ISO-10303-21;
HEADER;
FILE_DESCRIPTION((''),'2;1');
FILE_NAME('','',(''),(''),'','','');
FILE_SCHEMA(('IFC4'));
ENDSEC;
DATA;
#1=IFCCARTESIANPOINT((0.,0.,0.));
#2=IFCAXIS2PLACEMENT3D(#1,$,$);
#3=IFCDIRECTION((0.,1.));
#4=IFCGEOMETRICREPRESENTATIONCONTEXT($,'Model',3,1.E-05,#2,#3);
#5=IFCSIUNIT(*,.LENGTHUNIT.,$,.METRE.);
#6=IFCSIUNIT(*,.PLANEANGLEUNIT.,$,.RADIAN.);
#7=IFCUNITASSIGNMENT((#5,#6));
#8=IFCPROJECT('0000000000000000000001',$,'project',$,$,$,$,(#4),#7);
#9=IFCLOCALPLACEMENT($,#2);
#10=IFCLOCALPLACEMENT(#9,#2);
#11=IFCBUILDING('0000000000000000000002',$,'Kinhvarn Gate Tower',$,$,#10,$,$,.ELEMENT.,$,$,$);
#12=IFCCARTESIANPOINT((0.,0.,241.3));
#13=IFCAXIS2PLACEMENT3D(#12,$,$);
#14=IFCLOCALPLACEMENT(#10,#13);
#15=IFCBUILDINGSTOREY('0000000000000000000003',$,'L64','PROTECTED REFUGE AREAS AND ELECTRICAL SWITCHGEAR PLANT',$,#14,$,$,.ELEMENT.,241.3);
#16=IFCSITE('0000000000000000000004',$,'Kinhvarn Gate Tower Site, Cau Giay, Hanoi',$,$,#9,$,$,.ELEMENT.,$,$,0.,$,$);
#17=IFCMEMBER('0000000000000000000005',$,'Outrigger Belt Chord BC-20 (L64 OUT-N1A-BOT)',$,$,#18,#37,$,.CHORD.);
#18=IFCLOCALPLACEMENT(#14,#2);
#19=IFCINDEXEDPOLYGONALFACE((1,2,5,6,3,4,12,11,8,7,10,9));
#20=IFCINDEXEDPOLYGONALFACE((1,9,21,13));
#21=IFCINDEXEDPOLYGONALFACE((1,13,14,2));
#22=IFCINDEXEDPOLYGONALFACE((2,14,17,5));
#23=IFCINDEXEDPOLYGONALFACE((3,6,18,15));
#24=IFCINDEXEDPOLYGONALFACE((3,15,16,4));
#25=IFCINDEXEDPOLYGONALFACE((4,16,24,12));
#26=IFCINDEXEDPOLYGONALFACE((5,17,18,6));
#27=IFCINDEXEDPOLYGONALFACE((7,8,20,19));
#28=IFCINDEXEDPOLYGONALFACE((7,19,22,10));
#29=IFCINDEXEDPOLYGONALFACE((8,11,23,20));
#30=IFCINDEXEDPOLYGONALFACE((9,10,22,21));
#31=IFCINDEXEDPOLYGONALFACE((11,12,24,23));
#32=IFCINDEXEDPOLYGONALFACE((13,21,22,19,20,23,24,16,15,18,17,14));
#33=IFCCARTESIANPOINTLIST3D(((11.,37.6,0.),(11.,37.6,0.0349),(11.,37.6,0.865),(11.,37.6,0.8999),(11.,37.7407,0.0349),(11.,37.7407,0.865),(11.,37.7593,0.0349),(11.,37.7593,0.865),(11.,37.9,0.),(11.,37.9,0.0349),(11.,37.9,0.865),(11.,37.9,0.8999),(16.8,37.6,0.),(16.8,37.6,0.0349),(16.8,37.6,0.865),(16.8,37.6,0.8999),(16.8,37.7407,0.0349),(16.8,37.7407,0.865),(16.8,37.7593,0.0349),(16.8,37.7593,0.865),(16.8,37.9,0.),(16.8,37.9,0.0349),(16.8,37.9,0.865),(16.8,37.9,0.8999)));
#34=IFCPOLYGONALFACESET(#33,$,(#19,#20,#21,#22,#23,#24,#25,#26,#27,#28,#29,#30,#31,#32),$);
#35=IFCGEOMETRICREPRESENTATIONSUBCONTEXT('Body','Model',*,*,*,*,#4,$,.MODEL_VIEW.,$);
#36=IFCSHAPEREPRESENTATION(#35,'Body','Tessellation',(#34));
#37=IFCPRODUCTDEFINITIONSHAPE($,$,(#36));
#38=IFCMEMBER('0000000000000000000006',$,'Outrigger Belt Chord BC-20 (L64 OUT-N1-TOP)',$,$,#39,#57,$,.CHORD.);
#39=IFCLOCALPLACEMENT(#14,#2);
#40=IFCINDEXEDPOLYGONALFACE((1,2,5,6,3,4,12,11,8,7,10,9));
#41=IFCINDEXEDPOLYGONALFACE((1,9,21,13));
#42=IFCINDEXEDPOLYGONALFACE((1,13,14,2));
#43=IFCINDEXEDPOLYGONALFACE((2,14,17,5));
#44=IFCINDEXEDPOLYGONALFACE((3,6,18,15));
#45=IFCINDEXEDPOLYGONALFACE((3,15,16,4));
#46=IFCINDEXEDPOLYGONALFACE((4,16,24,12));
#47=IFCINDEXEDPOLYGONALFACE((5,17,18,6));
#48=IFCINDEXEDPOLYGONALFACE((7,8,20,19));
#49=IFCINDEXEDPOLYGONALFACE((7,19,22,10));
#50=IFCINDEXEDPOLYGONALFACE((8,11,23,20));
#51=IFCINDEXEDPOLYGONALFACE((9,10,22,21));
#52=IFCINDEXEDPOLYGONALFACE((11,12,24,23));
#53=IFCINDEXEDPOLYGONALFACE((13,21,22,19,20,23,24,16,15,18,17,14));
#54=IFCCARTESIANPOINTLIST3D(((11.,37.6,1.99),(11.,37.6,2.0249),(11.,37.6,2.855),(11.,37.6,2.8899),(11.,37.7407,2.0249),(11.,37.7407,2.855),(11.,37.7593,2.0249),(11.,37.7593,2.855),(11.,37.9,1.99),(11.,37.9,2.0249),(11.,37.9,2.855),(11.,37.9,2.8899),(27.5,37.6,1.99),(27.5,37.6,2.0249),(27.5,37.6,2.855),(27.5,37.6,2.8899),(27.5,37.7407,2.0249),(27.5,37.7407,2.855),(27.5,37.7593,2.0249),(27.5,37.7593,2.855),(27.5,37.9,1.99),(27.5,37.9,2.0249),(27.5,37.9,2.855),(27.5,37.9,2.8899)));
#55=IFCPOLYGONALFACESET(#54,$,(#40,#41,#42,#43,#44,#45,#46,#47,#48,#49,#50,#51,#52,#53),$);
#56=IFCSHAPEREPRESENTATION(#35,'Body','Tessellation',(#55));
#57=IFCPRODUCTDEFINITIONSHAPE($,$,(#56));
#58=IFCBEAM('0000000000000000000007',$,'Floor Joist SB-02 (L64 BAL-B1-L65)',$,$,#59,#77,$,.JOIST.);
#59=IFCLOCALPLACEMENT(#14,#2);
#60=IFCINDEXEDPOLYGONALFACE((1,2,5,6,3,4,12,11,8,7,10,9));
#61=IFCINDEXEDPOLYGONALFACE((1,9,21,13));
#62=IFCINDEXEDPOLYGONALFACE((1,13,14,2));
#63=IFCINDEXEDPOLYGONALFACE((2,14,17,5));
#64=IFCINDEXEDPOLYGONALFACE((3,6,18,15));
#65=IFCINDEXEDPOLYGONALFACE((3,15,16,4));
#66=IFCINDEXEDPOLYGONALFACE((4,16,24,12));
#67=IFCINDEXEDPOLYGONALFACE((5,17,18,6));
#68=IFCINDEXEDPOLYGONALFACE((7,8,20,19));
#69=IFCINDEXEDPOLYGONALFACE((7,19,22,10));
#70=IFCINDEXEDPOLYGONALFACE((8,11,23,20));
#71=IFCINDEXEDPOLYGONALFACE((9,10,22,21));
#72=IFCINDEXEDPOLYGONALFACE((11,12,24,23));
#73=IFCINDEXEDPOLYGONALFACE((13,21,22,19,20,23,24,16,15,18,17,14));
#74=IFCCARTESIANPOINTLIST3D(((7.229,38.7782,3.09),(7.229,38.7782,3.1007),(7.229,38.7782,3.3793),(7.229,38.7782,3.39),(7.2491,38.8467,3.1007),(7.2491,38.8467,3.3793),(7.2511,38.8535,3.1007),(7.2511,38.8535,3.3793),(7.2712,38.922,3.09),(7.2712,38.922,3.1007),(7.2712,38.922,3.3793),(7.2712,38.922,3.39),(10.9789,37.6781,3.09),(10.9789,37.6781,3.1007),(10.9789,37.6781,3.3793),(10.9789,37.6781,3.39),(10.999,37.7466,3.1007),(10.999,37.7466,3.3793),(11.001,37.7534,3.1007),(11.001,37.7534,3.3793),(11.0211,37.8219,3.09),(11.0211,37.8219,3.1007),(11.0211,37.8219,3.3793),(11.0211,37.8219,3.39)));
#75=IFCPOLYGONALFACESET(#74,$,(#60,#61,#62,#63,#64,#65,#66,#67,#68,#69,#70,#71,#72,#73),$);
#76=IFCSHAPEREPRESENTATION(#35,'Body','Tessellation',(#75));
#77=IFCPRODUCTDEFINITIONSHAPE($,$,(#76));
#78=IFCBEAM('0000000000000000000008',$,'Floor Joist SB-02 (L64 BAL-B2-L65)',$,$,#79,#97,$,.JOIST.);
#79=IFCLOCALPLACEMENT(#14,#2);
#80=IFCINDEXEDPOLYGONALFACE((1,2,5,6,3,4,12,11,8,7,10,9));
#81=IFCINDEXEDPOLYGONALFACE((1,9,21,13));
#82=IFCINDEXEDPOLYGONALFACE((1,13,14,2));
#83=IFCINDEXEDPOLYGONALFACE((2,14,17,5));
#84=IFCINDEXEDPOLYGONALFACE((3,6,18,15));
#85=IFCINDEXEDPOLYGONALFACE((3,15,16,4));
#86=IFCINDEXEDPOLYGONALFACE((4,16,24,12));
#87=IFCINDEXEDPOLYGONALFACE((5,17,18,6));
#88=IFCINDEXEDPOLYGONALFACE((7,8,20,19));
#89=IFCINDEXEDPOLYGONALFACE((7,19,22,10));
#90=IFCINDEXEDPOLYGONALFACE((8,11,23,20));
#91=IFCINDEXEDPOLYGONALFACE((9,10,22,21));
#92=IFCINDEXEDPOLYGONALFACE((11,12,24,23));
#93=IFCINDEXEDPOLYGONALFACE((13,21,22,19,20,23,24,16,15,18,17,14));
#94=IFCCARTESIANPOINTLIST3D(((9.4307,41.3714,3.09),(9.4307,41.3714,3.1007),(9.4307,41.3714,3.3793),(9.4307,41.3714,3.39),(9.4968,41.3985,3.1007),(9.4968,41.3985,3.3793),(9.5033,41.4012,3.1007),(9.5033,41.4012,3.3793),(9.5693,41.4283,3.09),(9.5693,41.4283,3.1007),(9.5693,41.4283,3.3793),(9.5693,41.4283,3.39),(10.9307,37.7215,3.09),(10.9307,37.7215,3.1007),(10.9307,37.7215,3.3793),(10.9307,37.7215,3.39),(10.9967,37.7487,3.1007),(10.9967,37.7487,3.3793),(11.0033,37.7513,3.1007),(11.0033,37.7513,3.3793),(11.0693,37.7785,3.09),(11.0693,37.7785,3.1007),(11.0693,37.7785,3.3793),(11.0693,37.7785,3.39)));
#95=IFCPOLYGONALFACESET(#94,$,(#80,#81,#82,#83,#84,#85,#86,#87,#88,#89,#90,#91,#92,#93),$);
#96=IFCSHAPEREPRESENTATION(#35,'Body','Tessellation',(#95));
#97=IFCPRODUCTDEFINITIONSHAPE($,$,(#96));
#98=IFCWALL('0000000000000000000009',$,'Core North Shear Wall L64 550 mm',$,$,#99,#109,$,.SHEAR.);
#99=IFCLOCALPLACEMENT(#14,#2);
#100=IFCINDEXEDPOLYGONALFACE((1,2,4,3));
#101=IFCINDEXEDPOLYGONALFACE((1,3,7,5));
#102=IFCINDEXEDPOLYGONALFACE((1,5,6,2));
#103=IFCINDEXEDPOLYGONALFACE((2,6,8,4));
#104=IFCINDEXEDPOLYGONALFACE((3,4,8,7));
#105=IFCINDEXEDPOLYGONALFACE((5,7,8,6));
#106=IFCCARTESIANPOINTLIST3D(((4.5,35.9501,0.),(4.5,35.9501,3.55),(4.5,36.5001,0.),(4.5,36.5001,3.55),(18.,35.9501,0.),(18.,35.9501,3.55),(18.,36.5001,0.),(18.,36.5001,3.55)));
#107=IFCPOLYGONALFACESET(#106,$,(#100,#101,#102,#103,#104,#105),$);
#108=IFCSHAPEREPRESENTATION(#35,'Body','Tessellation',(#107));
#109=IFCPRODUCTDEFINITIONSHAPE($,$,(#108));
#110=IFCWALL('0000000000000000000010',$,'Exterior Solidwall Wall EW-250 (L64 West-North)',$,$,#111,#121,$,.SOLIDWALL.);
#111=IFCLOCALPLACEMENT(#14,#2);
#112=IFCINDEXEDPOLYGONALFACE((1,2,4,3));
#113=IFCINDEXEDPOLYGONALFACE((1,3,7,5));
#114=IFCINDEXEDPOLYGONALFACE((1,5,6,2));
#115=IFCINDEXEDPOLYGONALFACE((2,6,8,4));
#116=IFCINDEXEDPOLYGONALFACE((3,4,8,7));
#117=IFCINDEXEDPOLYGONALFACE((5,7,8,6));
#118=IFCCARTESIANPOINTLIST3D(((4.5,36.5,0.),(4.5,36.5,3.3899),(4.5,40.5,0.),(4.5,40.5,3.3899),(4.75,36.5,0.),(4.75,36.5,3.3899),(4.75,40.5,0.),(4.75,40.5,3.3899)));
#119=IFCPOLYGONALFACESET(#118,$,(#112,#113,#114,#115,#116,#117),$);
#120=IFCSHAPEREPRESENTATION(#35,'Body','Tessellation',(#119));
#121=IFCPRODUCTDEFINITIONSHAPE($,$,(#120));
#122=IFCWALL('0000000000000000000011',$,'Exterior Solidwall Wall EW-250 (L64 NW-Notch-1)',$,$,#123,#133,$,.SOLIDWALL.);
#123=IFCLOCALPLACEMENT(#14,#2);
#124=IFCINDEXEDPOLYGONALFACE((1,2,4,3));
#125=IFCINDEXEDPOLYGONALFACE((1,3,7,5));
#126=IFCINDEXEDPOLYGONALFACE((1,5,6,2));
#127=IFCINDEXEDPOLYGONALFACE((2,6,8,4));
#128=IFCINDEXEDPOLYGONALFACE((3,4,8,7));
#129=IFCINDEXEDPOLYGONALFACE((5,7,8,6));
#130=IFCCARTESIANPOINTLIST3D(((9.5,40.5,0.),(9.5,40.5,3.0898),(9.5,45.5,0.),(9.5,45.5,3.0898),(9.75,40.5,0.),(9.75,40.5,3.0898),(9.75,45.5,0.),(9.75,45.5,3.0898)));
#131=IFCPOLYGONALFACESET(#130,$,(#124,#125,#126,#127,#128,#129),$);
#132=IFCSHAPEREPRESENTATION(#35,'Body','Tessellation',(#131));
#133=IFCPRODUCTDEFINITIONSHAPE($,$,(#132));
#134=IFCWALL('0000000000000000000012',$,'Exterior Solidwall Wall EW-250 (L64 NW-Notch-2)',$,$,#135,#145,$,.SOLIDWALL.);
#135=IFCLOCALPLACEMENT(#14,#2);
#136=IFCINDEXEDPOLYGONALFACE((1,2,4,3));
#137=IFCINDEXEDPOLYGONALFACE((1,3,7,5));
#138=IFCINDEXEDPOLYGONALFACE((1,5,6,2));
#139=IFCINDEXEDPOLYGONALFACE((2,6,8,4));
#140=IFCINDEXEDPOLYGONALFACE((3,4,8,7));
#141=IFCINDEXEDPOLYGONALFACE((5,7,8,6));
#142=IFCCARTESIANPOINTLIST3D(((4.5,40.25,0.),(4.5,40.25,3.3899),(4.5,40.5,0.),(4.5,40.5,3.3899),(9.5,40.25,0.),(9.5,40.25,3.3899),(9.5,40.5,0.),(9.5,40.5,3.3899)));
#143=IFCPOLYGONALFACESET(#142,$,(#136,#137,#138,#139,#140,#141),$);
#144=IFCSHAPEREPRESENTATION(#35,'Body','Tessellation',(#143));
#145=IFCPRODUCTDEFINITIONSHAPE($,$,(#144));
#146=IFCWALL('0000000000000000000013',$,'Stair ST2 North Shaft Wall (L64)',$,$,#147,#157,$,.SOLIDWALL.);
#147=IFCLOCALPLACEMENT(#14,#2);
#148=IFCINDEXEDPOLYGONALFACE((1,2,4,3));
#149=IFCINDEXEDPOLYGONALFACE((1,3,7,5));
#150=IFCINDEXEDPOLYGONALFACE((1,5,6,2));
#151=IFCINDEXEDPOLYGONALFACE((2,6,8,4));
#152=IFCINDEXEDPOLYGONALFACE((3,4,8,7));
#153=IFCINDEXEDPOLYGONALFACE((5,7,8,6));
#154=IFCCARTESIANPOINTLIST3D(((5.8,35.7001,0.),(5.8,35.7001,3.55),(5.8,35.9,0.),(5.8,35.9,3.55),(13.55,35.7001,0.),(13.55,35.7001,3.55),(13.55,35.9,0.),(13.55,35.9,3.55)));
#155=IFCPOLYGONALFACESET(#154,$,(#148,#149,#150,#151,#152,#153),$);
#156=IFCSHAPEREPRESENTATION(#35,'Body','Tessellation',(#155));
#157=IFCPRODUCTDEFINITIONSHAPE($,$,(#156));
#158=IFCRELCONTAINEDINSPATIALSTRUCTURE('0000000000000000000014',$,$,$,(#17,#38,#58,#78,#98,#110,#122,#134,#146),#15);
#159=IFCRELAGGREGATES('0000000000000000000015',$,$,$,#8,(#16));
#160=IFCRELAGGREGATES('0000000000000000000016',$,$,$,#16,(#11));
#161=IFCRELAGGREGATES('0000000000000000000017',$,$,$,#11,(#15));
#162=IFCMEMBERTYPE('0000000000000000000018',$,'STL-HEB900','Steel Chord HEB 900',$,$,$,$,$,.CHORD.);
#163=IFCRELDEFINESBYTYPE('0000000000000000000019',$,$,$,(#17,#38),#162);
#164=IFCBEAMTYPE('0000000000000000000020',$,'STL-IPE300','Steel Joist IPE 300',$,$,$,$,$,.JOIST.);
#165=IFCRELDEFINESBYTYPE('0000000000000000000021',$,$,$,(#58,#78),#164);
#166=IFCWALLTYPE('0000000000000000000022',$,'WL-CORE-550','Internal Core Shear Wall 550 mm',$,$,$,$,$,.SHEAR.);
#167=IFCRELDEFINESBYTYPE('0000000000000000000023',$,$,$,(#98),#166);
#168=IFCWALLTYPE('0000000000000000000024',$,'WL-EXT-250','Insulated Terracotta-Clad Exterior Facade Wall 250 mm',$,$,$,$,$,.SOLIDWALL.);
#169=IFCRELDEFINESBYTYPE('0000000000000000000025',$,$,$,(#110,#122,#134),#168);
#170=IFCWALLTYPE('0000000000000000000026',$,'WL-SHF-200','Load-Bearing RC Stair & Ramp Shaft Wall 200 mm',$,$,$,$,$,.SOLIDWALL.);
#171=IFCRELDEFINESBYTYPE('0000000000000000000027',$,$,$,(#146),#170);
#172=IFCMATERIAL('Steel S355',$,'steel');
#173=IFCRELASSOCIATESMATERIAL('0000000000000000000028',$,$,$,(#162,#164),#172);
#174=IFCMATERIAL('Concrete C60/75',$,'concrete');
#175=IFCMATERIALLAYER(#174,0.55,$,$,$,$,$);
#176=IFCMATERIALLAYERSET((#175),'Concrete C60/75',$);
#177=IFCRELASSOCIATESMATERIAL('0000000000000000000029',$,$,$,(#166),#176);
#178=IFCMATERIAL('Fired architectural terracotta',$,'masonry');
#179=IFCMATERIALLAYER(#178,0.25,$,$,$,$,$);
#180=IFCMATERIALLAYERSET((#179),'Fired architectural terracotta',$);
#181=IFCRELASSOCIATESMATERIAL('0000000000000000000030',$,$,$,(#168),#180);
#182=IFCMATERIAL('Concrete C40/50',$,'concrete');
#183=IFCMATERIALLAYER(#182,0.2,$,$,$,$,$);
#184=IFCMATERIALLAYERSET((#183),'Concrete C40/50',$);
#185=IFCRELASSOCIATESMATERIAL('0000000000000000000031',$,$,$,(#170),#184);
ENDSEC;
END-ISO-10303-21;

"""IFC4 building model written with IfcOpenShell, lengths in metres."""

from ifc_helpers import new_model, si_unit, direction, frame, frame_2d, origin, origin_2d, place, context, subcontext, project, spatial, rectangle, i_section, extrude, material, layer, layer_set, material_profile, profile_set, type_object, element, save


model = new_model("IFC4")

# Units and contexts
model_context = context("Model", 3, precision=1e-05, world=origin(), true_north=direction((0.0, 1.0)))
body_context = subcontext(model_context, "Body", "Model", "MODEL_VIEW")
ifc_project = project(units=[si_unit("LENGTHUNIT", "METRE"), si_unit("PLANEANGLEUNIT", "RADIAN")], contexts=[model_context])

# Site, building, storey
site_placement = place(None, origin())
site = spatial("IfcSite", under=ifc_project, at=site_placement, Name="Kinhvarn Gate Tower Site, Cau Giay, Hanoi", CompositionType="ELEMENT", RefElevation=0.0)
building_placement = place(site_placement, origin())
building = spatial("IfcBuilding", under=site, at=building_placement, Name="Kinhvarn Gate Tower", CompositionType="ELEMENT")
storey_placement = place(building_placement, frame((0.0, 0.0, 241.3)))
storey = spatial("IfcBuildingStorey", under=building, at=storey_placement, Name="L64", Description="PROTECTED REFUGE AREAS AND ELECTRICAL SWITCHGEAR PLANT", CompositionType="ELEMENT", Elevation=241.3)

# Shared definitions
ifc_material_1 = material(Name="Concrete C60/75", Category="concrete")

# Shared definitions
ifc_material_2 = material(Name="Steel S355", Category="steel")

# Members
ifc_material_profile_1 = material_profile(ifc_material_2, i_section(OverallWidth=0.3, OverallDepth=0.8999, WebThickness=0.0186, FlangeThickness=0.0349, at=origin_2d()), Name="HEB 900")
ifc_profile_set_1 = profile_set([ifc_material_profile_1], Name="Steel S355")
member_type_1 = type_object("IfcMemberType", Name="STL-HEB900", Description="Steel Chord HEB 900", PredefinedType="CHORD", material=ifc_profile_set_1)
member_1_placement = place(storey_placement, frame((11.0, 37.75, 0.45), z_axis=(1.0, 0.0, 0.0), x_axis=(0.0, 1.0, 0.0)))
element("IfcMember", 1, at=member_1_placement, inside=storey, type_object=member_type_1, Name="Outrigger Belt Chord BC-20 (L64 OUT-N1A-BOT)", PredefinedType="CHORD", context=body_context, shape_type="SweptSolid", body=[
    extrude(i_section(OverallWidth=0.3, OverallDepth=0.8999, WebThickness=0.0186, FlangeThickness=0.0349, at=origin_2d()), origin(), (0.0, 0.0, 1.0), 5.8),
])
member_2_placement = place(storey_placement, frame((11.0, 37.75, 2.4399), z_axis=(1.0, 0.0, 0.0), x_axis=(0.0, 1.0, 0.0)))
element("IfcMember", 2, at=member_2_placement, inside=storey, type_object=member_type_1, Name="Outrigger Belt Chord BC-20 (L64 OUT-N1-TOP)", PredefinedType="CHORD", context=body_context, shape_type="SweptSolid", body=[
    extrude(i_section(OverallWidth=0.3, OverallDepth=0.8999, WebThickness=0.0186, FlangeThickness=0.0349, at=origin_2d()), origin(), (0.0, 0.0, 1.0), 16.5),
])

# Beams
ifc_material_profile_2 = material_profile(ifc_material_2, i_section(OverallWidth=0.1499, OverallDepth=0.3, WebThickness=0.0071, FlangeThickness=0.0107, at=origin_2d()), Name="IPE 300")
ifc_profile_set_2 = profile_set([ifc_material_profile_2], Name="Steel S355")
beam_type_1 = type_object("IfcBeamType", Name="STL-IPE300", Description="Steel Joist IPE 300", PredefinedType="JOIST", material=ifc_profile_set_2)
beam_1_placement = place(storey_placement, frame((11.0, 37.75, 3.24), z_axis=(-0.959562, 0.281497, 0.0), x_axis=(-0.281497, -0.959562, 0.0)))
element("IfcBeam", 3, at=beam_1_placement, inside=storey, type_object=beam_type_1, Name="Floor Joist SB-02 (L64 BAL-B1-L65)", PredefinedType="JOIST", context=body_context, shape_type="SweptSolid", body=[
    extrude(i_section(OverallWidth=0.1499, OverallDepth=0.3, WebThickness=0.0071, FlangeThickness=0.0107, at=origin_2d()), origin(), (0.0, 0.0, 1.0), 3.908),
])
beam_2_placement = place(storey_placement, frame((11.0, 37.75, 3.24), z_axis=(-0.380121, 0.924937, 0.0), x_axis=(-0.924937, -0.380121, 0.0)))
element("IfcBeam", 4, at=beam_2_placement, inside=storey, type_object=beam_type_1, Name="Floor Joist SB-02 (L64 BAL-B2-L65)", PredefinedType="JOIST", context=body_context, shape_type="SweptSolid", body=[
    extrude(i_section(OverallWidth=0.1499, OverallDepth=0.3, WebThickness=0.0071, FlangeThickness=0.0107, at=origin_2d()), origin(), (0.0, 0.0, 1.0), 3.946),
])

# Walls
ifc_layer_1 = layer(ifc_material_1, 0.55)
ifc_layer_set_1 = layer_set([ifc_layer_1], Name="Concrete C60/75")
wall_type_1 = type_object("IfcWallType", Name="WL-CORE-550", Description="Internal Core Shear Wall 550 mm", PredefinedType="SHEAR", material=ifc_layer_set_1)
wall_1_placement = place(storey_placement, frame((4.5, 36.2251, 0.0), z_axis=(0.0, 0.0, 1.0), x_axis=(1.0, 0.0, 0.0)))
element("IfcWall", 5, at=wall_1_placement, inside=storey, type_object=wall_type_1, Name="Core North Shear Wall L64 550 mm", PredefinedType="SHEAR", context=body_context, shape_type="SweptSolid", body=[
    extrude(rectangle(XDim=13.5, YDim=0.55, at=frame_2d((6.75, 0.0))), origin(), (0.0, 0.0, 1.0), 3.55),
])
ifc_material_3 = material(Name="Fired architectural terracotta", Category="masonry")
ifc_layer_2 = layer(ifc_material_3, 0.25)
ifc_layer_set_2 = layer_set([ifc_layer_2], Name="Fired architectural terracotta")
wall_type_2 = type_object("IfcWallType", Name="WL-EXT-250", Description="Insulated Terracotta-Clad Exterior Facade Wall 250 mm", PredefinedType="SOLIDWALL", material=ifc_layer_set_2)
wall_2_placement = place(storey_placement, frame((4.625, 40.5, 0.0), z_axis=(0.0, 0.0, 1.0), x_axis=(0.0, -1.0, 0.0)))
element("IfcWall", 6, at=wall_2_placement, inside=storey, type_object=wall_type_2, Name="Exterior Solidwall Wall EW-250 (L64 West-North)", PredefinedType="SOLIDWALL", context=body_context, shape_type="SweptSolid", body=[
    extrude(rectangle(XDim=4.0, YDim=0.25, at=frame_2d((2.0, 0.0))), origin(), (0.0, 0.0, 1.0), 3.3899),
])
wall_3_placement = place(storey_placement, frame((9.625, 45.5, 0.0), z_axis=(0.0, 0.0, 1.0), x_axis=(0.0, -1.0, 0.0)))
element("IfcWall", 7, at=wall_3_placement, inside=storey, type_object=wall_type_2, Name="Exterior Solidwall Wall EW-250 (L64 NW-Notch-1)", PredefinedType="SOLIDWALL", context=body_context, shape_type="SweptSolid", body=[
    extrude(rectangle(XDim=5.0, YDim=0.25, at=frame_2d((2.5, 0.0))), origin(), (0.0, 0.0, 1.0), 3.0898),
])
wall_4_placement = place(storey_placement, frame((9.5, 40.375, 0.0), z_axis=(0.0, 0.0, 1.0), x_axis=(-1.0, 0.0, 0.0)))
element("IfcWall", 8, at=wall_4_placement, inside=storey, type_object=wall_type_2, Name="Exterior Solidwall Wall EW-250 (L64 NW-Notch-2)", PredefinedType="SOLIDWALL", context=body_context, shape_type="SweptSolid", body=[
    extrude(rectangle(XDim=5.0, YDim=0.25, at=frame_2d((2.5, 0.0))), origin(), (0.0, 0.0, 1.0), 3.3899),
])
ifc_material_4 = material(Name="Concrete C40/50", Category="concrete")
ifc_layer_3 = layer(ifc_material_4, 0.2)
ifc_layer_set_3 = layer_set([ifc_layer_3], Name="Concrete C40/50")
wall_type_3 = type_object("IfcWallType", Name="WL-SHF-200", Description="Load-Bearing RC Stair & Ramp Shaft Wall 200 mm", PredefinedType="SOLIDWALL", material=ifc_layer_set_3)
wall_5_placement = place(storey_placement, frame((5.8, 35.8, 0.0), z_axis=(0.0, 0.0, 1.0), x_axis=(1.0, 0.0, 0.0)))
element("IfcWall", 9, at=wall_5_placement, inside=storey, type_object=wall_type_3, Name="Stair ST2 North Shaft Wall (L64)", PredefinedType="SOLIDWALL", context=body_context, shape_type="SweptSolid", body=[
    extrude(rectangle(XDim=7.75, YDim=0.2, at=frame_2d((3.875, 0.0))), origin(), (0.0, 0.0, 1.0), 3.55),
])

save(model, "model.ifc")
